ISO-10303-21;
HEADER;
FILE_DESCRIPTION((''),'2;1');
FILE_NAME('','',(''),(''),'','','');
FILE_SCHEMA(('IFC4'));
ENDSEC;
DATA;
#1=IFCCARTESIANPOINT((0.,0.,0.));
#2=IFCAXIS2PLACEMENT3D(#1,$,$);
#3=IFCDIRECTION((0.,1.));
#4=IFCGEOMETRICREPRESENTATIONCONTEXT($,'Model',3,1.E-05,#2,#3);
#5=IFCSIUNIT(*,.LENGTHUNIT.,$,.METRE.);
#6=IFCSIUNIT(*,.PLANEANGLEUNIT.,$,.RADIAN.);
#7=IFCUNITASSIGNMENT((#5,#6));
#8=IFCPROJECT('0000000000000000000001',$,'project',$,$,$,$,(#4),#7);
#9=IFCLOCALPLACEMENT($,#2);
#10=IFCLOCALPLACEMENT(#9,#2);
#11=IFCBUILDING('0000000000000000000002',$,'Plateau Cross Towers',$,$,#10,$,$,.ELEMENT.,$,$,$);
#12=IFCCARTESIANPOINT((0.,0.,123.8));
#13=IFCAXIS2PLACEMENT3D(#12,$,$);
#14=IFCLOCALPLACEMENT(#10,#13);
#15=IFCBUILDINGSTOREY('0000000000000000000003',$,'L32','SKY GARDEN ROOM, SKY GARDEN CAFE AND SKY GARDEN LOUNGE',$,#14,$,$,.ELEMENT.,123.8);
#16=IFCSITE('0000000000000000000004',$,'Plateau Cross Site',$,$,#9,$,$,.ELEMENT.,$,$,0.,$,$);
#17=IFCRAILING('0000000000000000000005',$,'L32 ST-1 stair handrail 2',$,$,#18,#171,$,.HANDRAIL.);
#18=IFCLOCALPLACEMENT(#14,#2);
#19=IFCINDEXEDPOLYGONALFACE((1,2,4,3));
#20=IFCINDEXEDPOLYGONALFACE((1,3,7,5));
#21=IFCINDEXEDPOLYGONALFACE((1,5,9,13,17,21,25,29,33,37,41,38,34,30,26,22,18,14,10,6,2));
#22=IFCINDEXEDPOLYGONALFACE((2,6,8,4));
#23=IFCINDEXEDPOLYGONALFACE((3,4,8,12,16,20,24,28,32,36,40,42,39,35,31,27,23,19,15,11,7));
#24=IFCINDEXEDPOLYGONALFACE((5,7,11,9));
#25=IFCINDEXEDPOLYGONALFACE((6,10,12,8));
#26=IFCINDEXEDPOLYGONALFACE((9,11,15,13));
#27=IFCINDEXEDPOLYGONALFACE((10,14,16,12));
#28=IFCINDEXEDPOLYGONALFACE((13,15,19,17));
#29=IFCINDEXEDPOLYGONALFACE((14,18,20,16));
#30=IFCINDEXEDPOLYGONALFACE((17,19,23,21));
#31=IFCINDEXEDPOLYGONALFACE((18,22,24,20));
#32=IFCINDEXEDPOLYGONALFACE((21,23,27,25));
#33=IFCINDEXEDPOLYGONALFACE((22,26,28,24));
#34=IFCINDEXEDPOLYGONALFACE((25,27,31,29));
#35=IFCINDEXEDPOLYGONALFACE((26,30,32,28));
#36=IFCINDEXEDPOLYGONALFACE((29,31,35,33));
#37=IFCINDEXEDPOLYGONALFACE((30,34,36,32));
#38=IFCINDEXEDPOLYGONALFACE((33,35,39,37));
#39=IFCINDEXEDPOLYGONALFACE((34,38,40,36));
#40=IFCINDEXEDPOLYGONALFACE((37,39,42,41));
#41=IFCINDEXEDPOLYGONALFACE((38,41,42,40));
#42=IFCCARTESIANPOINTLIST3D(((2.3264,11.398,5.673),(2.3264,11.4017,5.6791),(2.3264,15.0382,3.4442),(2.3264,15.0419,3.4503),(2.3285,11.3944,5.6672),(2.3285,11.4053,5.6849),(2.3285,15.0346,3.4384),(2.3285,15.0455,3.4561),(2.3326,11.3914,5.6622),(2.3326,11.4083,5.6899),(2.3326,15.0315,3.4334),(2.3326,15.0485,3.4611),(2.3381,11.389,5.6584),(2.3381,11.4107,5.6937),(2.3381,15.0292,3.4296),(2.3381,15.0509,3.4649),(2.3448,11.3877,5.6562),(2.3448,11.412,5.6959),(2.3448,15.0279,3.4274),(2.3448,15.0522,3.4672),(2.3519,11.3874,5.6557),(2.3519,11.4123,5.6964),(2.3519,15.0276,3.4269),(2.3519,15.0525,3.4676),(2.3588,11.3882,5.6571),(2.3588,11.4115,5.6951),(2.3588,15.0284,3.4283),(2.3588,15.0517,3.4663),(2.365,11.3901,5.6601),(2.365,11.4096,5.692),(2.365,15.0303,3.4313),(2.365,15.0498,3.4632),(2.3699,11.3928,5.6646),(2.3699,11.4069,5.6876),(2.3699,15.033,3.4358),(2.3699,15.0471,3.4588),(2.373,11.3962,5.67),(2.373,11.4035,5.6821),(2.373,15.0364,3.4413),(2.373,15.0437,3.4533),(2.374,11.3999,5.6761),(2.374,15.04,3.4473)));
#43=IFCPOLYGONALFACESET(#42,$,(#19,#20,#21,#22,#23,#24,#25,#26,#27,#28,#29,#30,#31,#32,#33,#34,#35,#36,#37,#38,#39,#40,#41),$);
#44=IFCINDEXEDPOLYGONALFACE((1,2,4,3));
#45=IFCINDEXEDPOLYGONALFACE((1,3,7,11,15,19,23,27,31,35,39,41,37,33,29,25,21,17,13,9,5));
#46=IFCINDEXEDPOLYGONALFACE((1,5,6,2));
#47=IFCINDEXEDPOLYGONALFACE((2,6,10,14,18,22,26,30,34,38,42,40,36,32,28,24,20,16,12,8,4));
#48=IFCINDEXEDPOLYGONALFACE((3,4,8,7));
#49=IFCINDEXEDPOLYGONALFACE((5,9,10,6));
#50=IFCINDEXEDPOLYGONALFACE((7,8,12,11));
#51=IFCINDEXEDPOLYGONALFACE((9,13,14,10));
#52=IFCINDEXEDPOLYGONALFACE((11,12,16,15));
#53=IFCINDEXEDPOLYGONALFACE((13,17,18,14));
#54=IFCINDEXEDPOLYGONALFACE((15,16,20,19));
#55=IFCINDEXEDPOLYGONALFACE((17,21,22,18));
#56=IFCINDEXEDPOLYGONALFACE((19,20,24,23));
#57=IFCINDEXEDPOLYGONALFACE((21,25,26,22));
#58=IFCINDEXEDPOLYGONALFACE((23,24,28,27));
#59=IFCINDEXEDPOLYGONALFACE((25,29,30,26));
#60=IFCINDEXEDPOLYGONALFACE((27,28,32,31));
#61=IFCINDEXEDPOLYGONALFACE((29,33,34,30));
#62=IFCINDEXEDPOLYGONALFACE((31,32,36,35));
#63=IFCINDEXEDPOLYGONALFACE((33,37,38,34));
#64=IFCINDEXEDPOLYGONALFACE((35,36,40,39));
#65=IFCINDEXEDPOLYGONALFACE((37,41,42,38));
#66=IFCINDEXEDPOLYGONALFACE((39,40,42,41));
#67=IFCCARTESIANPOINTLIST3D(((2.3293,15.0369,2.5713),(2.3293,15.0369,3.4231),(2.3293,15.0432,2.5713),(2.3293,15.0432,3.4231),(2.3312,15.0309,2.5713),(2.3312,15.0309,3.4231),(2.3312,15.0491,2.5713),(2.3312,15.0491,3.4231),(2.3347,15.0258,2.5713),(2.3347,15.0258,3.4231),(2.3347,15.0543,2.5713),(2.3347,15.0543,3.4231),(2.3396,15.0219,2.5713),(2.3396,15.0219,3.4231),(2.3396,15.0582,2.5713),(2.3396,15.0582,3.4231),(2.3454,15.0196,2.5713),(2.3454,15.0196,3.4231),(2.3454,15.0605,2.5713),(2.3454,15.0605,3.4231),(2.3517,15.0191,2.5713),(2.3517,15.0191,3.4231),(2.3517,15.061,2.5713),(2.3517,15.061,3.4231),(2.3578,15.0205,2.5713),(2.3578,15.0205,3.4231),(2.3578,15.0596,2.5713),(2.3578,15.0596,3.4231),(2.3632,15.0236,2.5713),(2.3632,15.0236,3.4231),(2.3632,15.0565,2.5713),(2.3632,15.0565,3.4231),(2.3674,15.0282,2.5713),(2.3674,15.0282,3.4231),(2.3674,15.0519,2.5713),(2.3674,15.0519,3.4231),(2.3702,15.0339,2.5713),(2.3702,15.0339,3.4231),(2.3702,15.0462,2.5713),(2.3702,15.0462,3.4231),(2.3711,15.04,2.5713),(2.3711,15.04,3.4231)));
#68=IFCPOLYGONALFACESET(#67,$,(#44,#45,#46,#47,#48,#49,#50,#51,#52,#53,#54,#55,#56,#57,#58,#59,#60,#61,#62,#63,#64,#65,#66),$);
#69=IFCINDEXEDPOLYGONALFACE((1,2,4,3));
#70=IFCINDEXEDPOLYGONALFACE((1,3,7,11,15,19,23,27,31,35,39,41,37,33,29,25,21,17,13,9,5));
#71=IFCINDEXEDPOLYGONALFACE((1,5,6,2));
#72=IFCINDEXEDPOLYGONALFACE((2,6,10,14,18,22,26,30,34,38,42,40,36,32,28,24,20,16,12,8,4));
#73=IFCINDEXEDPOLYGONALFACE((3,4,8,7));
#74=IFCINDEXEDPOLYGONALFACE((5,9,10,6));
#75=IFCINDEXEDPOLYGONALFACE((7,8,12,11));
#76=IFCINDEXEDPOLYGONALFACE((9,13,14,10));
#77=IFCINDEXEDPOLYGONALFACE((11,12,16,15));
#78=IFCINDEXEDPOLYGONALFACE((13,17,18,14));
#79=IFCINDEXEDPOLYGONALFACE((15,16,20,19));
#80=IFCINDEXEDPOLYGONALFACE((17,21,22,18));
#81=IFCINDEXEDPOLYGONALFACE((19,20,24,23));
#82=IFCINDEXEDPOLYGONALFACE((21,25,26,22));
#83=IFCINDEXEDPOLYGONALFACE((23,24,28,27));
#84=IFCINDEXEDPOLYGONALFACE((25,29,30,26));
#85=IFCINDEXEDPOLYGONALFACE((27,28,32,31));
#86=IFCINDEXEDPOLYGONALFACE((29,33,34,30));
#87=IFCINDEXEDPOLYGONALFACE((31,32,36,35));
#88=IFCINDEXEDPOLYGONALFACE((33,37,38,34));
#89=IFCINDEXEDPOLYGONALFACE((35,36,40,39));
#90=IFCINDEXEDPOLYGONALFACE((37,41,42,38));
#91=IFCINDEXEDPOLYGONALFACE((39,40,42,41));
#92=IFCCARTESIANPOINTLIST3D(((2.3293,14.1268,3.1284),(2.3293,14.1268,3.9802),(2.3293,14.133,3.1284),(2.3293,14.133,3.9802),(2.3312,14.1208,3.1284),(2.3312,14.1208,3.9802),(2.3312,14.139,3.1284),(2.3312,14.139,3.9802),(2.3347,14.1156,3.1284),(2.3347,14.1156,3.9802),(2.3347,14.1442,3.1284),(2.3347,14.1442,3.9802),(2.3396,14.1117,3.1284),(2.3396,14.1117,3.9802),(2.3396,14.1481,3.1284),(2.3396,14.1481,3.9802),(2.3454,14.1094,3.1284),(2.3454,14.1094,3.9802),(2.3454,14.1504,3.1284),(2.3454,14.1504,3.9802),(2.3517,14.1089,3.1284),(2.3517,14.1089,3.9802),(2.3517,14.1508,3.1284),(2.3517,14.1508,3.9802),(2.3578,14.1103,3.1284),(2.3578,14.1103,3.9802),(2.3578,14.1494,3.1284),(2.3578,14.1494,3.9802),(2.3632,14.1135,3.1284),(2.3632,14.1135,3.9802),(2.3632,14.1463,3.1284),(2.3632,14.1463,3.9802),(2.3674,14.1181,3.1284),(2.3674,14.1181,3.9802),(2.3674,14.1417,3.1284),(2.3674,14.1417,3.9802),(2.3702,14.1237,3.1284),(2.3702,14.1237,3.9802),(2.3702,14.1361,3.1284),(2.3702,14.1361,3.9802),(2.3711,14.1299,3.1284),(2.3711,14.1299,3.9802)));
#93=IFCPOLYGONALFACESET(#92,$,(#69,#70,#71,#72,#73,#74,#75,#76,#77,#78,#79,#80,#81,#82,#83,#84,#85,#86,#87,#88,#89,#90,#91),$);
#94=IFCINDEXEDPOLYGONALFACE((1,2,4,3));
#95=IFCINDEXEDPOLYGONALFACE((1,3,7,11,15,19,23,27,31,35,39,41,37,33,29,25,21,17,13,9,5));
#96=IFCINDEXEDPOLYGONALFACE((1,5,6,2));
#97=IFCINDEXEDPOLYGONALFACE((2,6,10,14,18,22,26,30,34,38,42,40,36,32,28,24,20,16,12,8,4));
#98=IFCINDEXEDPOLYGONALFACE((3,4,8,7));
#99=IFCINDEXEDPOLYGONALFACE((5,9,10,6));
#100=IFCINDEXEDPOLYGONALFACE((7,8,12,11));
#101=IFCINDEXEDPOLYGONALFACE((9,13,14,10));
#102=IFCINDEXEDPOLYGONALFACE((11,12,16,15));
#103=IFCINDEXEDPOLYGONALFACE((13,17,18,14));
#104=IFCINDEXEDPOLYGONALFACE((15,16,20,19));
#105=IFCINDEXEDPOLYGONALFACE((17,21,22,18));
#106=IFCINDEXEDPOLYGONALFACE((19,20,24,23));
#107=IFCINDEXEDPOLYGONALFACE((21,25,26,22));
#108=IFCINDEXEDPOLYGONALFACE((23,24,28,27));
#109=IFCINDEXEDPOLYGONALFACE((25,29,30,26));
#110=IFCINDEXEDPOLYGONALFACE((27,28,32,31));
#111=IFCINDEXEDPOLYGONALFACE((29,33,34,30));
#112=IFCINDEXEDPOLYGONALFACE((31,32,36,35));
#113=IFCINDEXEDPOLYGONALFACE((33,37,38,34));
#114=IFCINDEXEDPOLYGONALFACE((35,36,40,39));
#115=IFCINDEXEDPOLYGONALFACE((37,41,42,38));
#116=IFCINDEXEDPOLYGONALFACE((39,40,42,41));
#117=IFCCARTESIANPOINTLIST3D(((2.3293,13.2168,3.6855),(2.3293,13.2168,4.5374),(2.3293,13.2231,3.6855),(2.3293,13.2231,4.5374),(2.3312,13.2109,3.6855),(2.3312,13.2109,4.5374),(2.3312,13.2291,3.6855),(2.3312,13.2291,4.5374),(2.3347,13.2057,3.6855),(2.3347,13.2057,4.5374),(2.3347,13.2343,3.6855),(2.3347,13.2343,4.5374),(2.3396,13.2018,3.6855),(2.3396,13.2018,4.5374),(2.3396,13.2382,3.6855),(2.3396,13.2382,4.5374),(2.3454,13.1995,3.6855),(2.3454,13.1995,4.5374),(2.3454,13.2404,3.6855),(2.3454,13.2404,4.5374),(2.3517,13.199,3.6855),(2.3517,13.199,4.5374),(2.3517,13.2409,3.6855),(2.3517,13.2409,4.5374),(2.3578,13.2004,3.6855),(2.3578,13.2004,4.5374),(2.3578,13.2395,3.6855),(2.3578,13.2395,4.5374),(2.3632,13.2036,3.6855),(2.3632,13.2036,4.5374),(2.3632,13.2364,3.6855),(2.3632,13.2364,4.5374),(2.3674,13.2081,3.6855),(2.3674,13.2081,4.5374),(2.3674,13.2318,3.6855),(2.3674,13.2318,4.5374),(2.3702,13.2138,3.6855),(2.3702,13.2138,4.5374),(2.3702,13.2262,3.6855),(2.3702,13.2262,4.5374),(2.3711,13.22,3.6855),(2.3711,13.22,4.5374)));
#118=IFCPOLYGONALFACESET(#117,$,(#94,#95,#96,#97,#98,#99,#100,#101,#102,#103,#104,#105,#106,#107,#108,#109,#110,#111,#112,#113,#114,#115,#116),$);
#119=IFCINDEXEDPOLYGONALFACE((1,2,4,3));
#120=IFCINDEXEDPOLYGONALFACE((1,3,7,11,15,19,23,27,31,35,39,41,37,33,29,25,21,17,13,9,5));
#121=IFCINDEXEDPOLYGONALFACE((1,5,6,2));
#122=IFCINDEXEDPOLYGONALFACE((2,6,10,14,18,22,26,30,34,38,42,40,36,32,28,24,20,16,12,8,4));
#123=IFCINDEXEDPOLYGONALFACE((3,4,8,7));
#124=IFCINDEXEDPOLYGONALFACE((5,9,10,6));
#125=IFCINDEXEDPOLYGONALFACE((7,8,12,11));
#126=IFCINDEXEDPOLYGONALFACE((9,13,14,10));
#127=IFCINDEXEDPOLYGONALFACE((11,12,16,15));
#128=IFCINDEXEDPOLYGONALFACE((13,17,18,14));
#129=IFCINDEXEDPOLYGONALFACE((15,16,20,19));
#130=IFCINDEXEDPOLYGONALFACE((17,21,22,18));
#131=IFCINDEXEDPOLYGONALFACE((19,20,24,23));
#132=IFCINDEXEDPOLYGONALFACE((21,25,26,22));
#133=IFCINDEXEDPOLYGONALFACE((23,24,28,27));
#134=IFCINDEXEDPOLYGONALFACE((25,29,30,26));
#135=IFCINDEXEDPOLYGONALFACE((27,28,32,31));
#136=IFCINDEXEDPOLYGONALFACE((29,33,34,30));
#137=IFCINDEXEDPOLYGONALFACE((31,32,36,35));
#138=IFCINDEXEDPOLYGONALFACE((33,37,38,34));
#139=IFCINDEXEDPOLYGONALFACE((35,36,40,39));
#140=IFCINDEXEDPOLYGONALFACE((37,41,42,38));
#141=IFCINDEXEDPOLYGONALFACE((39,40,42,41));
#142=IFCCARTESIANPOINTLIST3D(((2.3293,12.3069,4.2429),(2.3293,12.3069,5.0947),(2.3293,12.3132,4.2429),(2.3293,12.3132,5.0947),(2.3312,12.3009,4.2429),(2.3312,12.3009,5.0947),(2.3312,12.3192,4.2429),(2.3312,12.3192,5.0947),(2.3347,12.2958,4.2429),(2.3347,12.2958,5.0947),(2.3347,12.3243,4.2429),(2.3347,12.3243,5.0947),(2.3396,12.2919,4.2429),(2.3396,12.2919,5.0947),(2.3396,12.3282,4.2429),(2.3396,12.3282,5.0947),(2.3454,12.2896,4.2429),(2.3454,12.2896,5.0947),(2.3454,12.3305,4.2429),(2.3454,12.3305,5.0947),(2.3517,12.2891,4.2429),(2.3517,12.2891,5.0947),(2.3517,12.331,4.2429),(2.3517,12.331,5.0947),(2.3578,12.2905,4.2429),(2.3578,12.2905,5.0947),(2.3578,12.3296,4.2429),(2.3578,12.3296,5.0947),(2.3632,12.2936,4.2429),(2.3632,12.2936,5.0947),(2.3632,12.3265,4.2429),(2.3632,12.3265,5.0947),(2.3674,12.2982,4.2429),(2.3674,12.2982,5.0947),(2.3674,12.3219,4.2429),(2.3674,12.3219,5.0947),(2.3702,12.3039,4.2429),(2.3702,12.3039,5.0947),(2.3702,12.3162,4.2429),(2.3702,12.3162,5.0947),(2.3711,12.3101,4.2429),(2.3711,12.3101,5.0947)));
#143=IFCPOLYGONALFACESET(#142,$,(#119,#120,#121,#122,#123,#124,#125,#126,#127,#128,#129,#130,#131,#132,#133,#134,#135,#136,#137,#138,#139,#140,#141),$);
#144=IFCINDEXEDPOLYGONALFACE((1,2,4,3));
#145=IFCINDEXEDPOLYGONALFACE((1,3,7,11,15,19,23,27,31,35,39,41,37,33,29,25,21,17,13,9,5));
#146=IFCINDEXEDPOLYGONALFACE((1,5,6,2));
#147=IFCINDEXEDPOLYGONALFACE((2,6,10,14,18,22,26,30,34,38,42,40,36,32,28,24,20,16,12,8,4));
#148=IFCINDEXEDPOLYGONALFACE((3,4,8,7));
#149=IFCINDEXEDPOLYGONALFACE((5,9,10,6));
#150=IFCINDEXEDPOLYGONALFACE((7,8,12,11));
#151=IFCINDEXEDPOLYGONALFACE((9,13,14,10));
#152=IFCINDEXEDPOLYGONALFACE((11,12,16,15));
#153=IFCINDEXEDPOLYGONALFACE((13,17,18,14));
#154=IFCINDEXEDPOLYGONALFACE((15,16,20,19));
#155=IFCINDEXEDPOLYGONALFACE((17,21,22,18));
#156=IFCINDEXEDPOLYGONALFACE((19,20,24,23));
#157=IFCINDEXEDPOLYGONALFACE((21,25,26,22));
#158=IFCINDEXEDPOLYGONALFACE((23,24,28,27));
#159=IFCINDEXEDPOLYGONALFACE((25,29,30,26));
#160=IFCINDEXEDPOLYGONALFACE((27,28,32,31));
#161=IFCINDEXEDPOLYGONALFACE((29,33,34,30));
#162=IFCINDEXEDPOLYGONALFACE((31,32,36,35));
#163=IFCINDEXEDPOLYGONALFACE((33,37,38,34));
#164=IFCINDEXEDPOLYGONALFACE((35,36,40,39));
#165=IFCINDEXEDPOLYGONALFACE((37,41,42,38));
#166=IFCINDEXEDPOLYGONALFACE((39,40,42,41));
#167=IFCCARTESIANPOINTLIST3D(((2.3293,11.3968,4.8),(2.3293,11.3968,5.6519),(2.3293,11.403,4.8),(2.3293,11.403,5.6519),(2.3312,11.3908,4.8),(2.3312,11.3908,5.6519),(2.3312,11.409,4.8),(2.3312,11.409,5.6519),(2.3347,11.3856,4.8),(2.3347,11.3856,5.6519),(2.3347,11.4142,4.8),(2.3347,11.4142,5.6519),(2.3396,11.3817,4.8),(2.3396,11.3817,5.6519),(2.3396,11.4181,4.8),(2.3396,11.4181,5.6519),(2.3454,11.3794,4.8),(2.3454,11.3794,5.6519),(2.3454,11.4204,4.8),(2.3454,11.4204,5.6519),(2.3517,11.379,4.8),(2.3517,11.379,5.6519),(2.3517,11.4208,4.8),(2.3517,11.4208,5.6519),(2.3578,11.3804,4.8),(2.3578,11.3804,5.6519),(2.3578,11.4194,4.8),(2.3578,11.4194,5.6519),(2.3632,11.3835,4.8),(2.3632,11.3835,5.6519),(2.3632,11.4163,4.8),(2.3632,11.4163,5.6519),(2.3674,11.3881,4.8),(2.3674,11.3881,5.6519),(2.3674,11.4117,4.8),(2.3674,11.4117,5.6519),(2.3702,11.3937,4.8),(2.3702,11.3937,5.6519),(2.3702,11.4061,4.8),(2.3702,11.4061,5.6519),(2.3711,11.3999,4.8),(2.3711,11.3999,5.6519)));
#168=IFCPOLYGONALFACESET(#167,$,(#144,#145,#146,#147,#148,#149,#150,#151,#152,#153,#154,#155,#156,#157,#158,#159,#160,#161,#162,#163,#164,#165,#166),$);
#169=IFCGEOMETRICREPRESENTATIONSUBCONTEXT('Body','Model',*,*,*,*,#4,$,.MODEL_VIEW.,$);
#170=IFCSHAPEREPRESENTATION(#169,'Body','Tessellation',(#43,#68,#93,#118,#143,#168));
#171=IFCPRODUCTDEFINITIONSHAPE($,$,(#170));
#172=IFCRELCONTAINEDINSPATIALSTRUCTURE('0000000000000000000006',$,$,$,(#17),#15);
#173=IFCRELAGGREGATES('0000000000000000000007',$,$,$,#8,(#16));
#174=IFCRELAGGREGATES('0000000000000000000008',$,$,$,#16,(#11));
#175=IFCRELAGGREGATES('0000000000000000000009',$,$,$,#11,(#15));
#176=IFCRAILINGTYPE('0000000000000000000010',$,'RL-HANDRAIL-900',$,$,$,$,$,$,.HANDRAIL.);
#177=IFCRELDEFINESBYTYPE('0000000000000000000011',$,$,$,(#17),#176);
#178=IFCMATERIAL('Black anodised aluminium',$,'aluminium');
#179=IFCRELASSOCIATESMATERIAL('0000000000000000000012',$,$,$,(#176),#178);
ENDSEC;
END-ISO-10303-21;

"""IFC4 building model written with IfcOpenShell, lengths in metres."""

from ifc_helpers import new_model, si_unit, direction, frame, origin, origin_2d, place, context, subcontext, project, spatial, circle, extrude, material, type_object, element, save


model = new_model("IFC4")

# Units and contexts
model_context = context("Model", 3, precision=1e-05, world=origin(), true_north=direction((0.0, 1.0)))
body_context = subcontext(model_context, "Body", "Model", "MODEL_VIEW")
ifc_project = project(units=[si_unit("LENGTHUNIT", "METRE"), si_unit("PLANEANGLEUNIT", "RADIAN")], contexts=[model_context])

# Site, building, storey
site_placement = place(None, origin())
site = spatial("IfcSite", under=ifc_project, at=site_placement, Name="Plateau Cross Site", CompositionType="ELEMENT", RefElevation=0.0)
building_placement = place(site_placement, origin())
building = spatial("IfcBuilding", under=site, at=building_placement, Name="Plateau Cross Towers", CompositionType="ELEMENT")
storey_placement = place(building_placement, frame((0.0, 0.0, 123.8)))
storey = spatial("IfcBuildingStorey", under=building, at=storey_placement, Name="L32", Description="SKY GARDEN ROOM, SKY GARDEN CAFE AND SKY GARDEN LOUNGE", CompositionType="ELEMENT", Elevation=123.8)

# Shared definitions
ifc_material_1 = material(Name="Black anodised aluminium", Category="aluminium")

# Railing
railing_type_1 = type_object("IfcRailingType", Name="RL-HANDRAIL-900", PredefinedType="HANDRAIL", material=ifc_material_1)
railing_1_placement = place(storey_placement, frame((2.3501, 15.04, 2.5713)))
element("IfcRailing", 1, at=railing_1_placement, inside=storey, type_object=railing_type_1, Name="L32 ST-1 stair handrail 2", PredefinedType="HANDRAIL", context=body_context, shape_type="SweptSolid", body=[
    extrude(circle(Radius=0.0239, at=origin_2d()), frame((0.0, 0.0, 0.876), z_axis=(0.0, -0.85284, 0.522172), x_axis=(1.0, 0.0, 0.0)), (0.0, 0.0, 1.0), 4.2683),
    extrude(circle(Radius=0.021, at=origin_2d()), origin(), (0.0, 0.0, 1.0), 0.8518),
    extrude(circle(Radius=0.021, at=origin_2d()), frame((0.0, -0.9102, 0.5571)), (0.0, 0.0, 1.0), 0.8518),
    extrude(circle(Radius=0.021, at=origin_2d()), frame((0.0, -1.8201, 1.1143)), (0.0, 0.0, 1.0), 0.8518),
    extrude(circle(Radius=0.021, at=origin_2d()), frame((0.0, -2.73, 1.6716)), (0.0, 0.0, 1.0), 0.8518),
    extrude(circle(Radius=0.021, at=origin_2d()), frame((0.0, -3.6401, 2.2288)), (0.0, 0.0, 1.0), 0.8518),
])

save(model, "model.ifc")
